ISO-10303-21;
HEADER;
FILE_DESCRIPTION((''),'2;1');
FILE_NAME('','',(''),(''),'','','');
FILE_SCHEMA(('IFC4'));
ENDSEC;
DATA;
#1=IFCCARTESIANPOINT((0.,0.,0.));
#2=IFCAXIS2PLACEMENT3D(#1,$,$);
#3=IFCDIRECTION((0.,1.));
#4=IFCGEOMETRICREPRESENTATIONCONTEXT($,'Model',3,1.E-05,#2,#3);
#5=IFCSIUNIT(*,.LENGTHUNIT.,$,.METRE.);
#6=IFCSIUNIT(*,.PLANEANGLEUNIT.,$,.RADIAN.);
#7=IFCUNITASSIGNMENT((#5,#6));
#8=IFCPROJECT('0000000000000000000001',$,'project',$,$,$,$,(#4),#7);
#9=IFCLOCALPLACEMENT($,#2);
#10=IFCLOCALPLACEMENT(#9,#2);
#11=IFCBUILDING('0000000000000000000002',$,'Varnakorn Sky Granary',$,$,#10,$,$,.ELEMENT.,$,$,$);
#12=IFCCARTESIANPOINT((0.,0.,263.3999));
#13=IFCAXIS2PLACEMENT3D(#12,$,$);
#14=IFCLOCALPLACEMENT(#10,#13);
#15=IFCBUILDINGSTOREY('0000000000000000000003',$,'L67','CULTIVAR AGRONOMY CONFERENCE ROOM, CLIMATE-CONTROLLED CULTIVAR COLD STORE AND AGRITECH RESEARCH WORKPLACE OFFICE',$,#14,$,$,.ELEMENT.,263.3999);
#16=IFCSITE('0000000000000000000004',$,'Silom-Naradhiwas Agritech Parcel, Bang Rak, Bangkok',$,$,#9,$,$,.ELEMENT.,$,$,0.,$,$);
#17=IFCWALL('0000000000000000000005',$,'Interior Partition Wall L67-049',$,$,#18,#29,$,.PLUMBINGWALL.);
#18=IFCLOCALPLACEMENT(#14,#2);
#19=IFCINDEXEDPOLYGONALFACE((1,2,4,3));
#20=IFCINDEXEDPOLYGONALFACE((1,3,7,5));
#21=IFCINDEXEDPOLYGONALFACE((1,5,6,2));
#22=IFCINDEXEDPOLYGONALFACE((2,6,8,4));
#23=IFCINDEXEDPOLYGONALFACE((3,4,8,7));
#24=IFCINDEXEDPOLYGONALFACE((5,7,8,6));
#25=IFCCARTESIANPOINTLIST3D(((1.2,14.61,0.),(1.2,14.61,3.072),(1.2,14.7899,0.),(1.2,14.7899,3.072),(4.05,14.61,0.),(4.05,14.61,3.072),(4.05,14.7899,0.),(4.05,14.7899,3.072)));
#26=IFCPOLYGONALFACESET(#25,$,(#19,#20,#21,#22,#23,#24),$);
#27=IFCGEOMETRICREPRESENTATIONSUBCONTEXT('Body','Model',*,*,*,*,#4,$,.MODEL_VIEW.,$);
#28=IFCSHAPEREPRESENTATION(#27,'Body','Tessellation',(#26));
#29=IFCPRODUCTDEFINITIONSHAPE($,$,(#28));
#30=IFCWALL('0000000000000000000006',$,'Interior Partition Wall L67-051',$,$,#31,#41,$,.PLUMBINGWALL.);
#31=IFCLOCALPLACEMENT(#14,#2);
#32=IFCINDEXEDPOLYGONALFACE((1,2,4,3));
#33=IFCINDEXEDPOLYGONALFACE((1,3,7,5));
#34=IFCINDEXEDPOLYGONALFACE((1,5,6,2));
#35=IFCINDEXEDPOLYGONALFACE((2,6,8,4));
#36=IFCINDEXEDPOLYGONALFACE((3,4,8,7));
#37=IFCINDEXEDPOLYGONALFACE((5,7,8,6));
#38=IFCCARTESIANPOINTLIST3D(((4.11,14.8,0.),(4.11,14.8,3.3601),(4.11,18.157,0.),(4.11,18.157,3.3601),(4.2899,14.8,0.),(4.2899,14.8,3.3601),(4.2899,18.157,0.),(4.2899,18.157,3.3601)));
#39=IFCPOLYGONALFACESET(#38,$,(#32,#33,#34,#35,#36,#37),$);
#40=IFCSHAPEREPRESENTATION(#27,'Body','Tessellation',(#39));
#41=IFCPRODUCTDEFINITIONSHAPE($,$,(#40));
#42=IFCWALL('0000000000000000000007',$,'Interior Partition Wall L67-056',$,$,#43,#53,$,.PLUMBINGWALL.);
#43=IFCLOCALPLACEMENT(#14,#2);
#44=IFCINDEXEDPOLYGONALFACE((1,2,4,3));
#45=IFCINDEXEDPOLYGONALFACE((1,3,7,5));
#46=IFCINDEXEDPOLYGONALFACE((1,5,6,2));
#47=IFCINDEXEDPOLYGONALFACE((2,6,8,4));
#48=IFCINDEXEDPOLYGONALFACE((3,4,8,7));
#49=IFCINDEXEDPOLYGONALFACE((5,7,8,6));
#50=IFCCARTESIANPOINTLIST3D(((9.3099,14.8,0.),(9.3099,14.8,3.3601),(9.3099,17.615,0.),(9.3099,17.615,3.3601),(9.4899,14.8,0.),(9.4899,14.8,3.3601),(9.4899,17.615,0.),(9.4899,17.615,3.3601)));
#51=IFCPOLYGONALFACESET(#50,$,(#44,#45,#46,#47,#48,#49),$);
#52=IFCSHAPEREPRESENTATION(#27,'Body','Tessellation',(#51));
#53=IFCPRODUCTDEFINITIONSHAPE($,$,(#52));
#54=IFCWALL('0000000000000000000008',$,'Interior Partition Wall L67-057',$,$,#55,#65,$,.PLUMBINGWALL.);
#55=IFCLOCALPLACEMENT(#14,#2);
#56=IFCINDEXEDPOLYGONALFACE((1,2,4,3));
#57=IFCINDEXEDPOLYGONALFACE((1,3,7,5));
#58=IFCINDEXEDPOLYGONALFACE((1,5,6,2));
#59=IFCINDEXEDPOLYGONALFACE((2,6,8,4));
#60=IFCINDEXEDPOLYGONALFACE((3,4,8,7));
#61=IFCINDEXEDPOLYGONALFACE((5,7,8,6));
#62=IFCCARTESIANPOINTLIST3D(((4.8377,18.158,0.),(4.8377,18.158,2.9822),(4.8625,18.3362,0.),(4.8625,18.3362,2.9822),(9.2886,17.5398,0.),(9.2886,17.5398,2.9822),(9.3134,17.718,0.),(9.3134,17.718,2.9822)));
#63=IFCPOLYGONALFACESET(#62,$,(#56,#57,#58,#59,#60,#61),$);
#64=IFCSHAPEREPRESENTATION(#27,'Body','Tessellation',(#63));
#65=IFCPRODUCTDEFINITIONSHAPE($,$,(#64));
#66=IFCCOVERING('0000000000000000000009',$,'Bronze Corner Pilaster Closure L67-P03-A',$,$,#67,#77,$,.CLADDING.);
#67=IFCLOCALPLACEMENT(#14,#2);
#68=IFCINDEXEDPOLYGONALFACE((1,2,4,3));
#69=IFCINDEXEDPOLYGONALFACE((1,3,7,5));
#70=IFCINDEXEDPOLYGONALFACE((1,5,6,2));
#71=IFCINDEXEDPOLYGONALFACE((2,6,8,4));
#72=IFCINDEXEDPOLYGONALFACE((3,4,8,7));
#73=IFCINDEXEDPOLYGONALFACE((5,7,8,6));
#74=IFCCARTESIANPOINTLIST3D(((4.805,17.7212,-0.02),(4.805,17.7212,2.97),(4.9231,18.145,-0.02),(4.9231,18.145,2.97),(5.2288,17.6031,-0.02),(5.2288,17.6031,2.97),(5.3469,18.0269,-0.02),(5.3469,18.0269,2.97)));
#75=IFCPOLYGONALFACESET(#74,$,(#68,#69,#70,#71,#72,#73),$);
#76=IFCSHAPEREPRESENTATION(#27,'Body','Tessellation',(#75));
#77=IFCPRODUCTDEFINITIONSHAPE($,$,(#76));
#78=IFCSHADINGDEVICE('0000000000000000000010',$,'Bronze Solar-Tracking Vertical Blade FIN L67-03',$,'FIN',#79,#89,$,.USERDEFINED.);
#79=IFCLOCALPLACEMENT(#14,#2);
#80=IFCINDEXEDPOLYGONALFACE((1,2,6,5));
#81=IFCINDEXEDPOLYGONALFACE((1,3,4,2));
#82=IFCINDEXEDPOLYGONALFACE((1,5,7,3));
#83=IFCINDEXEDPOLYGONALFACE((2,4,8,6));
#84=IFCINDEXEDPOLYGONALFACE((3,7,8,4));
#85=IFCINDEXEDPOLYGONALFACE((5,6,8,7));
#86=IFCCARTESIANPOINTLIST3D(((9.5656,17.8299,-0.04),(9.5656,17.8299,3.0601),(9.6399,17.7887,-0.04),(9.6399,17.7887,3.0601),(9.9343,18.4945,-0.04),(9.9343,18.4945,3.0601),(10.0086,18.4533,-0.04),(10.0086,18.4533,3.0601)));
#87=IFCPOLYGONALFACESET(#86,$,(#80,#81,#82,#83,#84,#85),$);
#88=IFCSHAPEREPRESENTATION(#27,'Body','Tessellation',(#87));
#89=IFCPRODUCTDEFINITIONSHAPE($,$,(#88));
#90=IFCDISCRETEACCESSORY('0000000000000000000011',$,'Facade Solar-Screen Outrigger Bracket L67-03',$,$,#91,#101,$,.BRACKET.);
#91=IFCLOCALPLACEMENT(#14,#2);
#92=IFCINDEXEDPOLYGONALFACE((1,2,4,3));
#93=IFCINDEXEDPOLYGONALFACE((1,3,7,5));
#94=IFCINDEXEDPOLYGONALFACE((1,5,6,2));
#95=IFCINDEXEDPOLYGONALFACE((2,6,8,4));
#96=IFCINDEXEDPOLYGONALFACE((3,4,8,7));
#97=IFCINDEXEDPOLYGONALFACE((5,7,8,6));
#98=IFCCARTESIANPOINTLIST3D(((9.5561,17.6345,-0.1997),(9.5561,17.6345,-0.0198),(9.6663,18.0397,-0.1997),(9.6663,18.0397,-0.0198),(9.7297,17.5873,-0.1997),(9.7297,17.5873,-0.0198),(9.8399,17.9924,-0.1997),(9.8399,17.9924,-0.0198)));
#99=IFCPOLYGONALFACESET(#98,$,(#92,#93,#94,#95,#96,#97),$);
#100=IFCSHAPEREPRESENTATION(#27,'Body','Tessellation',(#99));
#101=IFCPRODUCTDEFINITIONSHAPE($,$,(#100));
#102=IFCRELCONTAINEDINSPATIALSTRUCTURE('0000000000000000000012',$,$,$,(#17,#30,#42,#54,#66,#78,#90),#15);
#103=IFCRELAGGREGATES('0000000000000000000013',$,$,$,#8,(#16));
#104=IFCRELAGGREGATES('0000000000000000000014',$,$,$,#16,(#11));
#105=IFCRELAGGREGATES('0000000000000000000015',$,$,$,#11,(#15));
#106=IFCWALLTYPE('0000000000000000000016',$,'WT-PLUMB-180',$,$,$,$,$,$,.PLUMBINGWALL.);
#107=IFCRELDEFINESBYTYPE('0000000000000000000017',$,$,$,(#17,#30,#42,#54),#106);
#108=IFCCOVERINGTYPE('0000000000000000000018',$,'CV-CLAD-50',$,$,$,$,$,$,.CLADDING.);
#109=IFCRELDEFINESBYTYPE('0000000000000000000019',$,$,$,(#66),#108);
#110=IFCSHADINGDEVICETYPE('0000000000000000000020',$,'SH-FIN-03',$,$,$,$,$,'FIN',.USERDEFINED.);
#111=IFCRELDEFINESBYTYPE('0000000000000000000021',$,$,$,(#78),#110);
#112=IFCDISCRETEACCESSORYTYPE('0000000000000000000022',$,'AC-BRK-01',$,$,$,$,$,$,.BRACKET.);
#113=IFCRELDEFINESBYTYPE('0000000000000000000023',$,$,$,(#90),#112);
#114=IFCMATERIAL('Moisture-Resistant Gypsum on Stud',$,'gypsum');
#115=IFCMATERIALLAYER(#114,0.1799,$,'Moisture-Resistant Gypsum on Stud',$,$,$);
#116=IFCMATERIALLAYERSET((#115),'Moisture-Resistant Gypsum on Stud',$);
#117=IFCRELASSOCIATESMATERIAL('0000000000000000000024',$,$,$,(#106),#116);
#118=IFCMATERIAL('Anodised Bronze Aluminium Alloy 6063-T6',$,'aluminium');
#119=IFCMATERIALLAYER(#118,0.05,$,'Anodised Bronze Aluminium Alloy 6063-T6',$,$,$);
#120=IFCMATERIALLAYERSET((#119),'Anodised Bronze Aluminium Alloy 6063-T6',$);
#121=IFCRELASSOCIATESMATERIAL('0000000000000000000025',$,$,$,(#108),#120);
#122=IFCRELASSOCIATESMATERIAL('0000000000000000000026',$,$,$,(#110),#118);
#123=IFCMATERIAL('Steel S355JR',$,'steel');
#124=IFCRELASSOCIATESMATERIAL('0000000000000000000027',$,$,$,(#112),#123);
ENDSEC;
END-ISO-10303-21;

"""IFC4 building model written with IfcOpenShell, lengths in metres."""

from ifc_helpers import new_model, si_unit, direction, frame, frame_2d, origin, origin_2d, place, context, subcontext, project, spatial, rectangle, extrude, source, transform, mapped, material, layer, layer_set, type_object, type_shapes, element, save


model = new_model("IFC4")

# Units and contexts
model_context = context("Model", 3, precision=1e-05, world=origin(), true_north=direction((0.0, 1.0)))
body_context = subcontext(model_context, "Body", "Model", "MODEL_VIEW")
ifc_project = project(units=[si_unit("LENGTHUNIT", "METRE"), si_unit("PLANEANGLEUNIT", "RADIAN")], contexts=[model_context])

# Site, building, storey
site_placement = place(None, origin())
site = spatial("IfcSite", under=ifc_project, at=site_placement, Name="Silom-Naradhiwas Agritech Parcel, Bang Rak, Bangkok", CompositionType="ELEMENT", RefElevation=0.0)
building_placement = place(site_placement, origin())
building = spatial("IfcBuilding", under=site, at=building_placement, Name="Varnakorn Sky Granary", CompositionType="ELEMENT")
storey_placement = place(building_placement, frame((0.0, 0.0, 263.3999)))
storey = spatial("IfcBuildingStorey", under=building, at=storey_placement, Name="L67", Description="CULTIVAR AGRONOMY CONFERENCE ROOM, CLIMATE-CONTROLLED CULTIVAR COLD STORE AND AGRITECH RESEARCH WORKPLACE OFFICE", CompositionType="ELEMENT", Elevation=263.3999)

# Shared definitions
ifc_material_1 = material(Name="Steel S355JR", Category="steel")

# Shared definitions
ifc_material_2 = material(Name="Anodised Bronze Aluminium Alloy 6063-T6", Category="aluminium")

# Shared definitions
ifc_material_3 = material(Name="Moisture-Resistant Gypsum on Stud", Category="gypsum")
ifc_layer_1 = layer(ifc_material_3, 0.1799, Name="Moisture-Resistant Gypsum on Stud")
ifc_layer_set_1 = layer_set([ifc_layer_1], Name="Moisture-Resistant Gypsum on Stud")
wall_type_1 = type_object("IfcWallType", Name="WT-PLUMB-180", PredefinedType="PLUMBINGWALL", material=ifc_layer_set_1)

# Walls
wall_1_placement = place(storey_placement, frame((4.05, 14.7, 0.0), z_axis=(0.0, 0.0, 1.0), x_axis=(-1.0, 0.0, 0.0)))
element("IfcWall", 1, at=wall_1_placement, inside=storey, type_object=wall_type_1, Name="Interior Partition Wall L67-049", PredefinedType="PLUMBINGWALL", context=body_context, shape_type="SweptSolid", body=[
    extrude(rectangle(XDim=2.8501, YDim=0.1799, at=frame_2d((1.425, 0.0))), origin(), (0.0, 0.0, 1.0), 3.072),
])
wall_2_placement = place(storey_placement, frame((4.2, 18.157, 0.0), z_axis=(0.0, 0.0, 1.0), x_axis=(0.0, -1.0, 0.0)))
element("IfcWall", 2, at=wall_2_placement, inside=storey, type_object=wall_type_1, Name="Interior Partition Wall L67-051", PredefinedType="PLUMBINGWALL", context=body_context, shape_type="SweptSolid", body=[
    extrude(rectangle(XDim=3.3569, YDim=0.1799, at=frame_2d((1.6785, 0.0))), origin(), (0.0, 0.0, 1.0), 3.3601),
])
wall_3_placement = place(storey_placement, frame((9.3999, 14.8, 0.0), z_axis=(0.0, 0.0, 1.0), x_axis=(0.0, 1.0, 0.0)))
element("IfcWall", 3, at=wall_3_placement, inside=storey, type_object=wall_type_1, Name="Interior Partition Wall L67-056", PredefinedType="PLUMBINGWALL", context=body_context, shape_type="SweptSolid", body=[
    extrude(rectangle(XDim=2.8149, YDim=0.1799, at=frame_2d((1.4075, 0.0))), origin(), (0.0, 0.0, 1.0), 3.3601),
])
wall_4_placement = place(storey_placement, frame((9.301, 17.6289, 0.0), z_axis=(0.0, 0.0, 1.0), x_axis=(-0.990493, 0.137564, 0.0)))
element("IfcWall", 4, at=wall_4_placement, inside=storey, type_object=wall_type_1, Name="Interior Partition Wall L67-057", PredefinedType="PLUMBINGWALL", context=body_context, shape_type="SweptSolid", body=[
    extrude(rectangle(XDim=4.4937, YDim=0.1799, at=frame_2d((2.2468, 0.0))), origin(), (0.0, 0.0, 1.0), 2.9822),
])

# Covering
ifc_layer_2 = layer(ifc_material_2, 0.05, Name="Anodised Bronze Aluminium Alloy 6063-T6")
ifc_layer_set_2 = layer_set([ifc_layer_2], Name="Anodised Bronze Aluminium Alloy 6063-T6")
covering_type = type_object("IfcCoveringType", Name="CV-CLAD-50", PredefinedType="CLADDING", material=ifc_layer_set_2)
shared_shape_1 = source(origin(), body_context, "Body", "SweptSolid", [
    extrude(rectangle(XDim=0.4399, YDim=0.4399, at=origin_2d()), origin(), (0.0, 0.0, 1.0), 2.99),
])
type_shapes(covering_type, [shared_shape_1])
covering_placement = place(storey_placement, frame((5.0759, 17.874, -0.02), z_axis=(0.0, 0.0, 1.0), x_axis=(0.963303, -0.268415, 0.0)))
element("IfcCovering", 5, at=covering_placement, inside=storey, type_object=covering_type, Name="Bronze Corner Pilaster Closure L67-P03-A", PredefinedType="CLADDING", context=body_context, shape_type="MappedRepresentation", body=[
    mapped(shared_shape_1, transform((0.0, 0.0, 0.0), x_axis=(1.0, 0.0, 0.0), y_axis=(0.0, 1.0, 0.0), z_axis=(0.0, 0.0, 1.0), scale=1.0)),
])

# Shading device
shading_device_type = type_object("IfcShadingDeviceType", Name="SH-FIN-03", ElementType="FIN", PredefinedType="USERDEFINED", material=ifc_material_2)
shared_shape_2 = source(origin(), body_context, "Body", "SweptSolid", [
    extrude(rectangle(XDim=0.085, YDim=0.76, at=origin_2d()), origin(), (0.0, 0.0, 1.0), 3.1001),
])
type_shapes(shading_device_type, [shared_shape_2])
shading_device_placement = place(storey_placement, frame((9.7871, 18.1416, -0.04), z_axis=(0.0, 0.0, 1.0), x_axis=(-0.874471, 0.485078, 0.0)))
element("IfcShadingDevice", 6, at=shading_device_placement, inside=storey, type_object=shading_device_type, Name="Bronze Solar-Tracking Vertical Blade FIN L67-03", ObjectType="FIN", PredefinedType="USERDEFINED", context=body_context, shape_type="MappedRepresentation", body=[
    mapped(shared_shape_2, transform((0.0, 0.0, 0.0), x_axis=(1.0, 0.0, 0.0), y_axis=(0.0, 1.0, 0.0), z_axis=(0.0, 0.0, 1.0), scale=1.0)),
])

# Discrete accessory
discrete_accessory_type = type_object("IfcDiscreteAccessoryType", Name="AC-BRK-01", PredefinedType="BRACKET", material=ifc_material_1)
shared_shape_3 = source(origin(), body_context, "Body", "SweptSolid", [
    extrude(rectangle(XDim=0.1799, YDim=0.4199, at=origin_2d()), origin(), (0.0, 0.0, 1.0), 0.1799),
])
type_shapes(discrete_accessory_type, [shared_shape_3])
discrete_accessory_placement = place(storey_placement, frame((9.698, 17.8135, -0.1997), z_axis=(0.0, 0.0, 1.0), x_axis=(-0.964905, 0.262597, 0.0)))
element("IfcDiscreteAccessory", 7, at=discrete_accessory_placement, inside=storey, type_object=discrete_accessory_type, Name="Facade Solar-Screen Outrigger Bracket L67-03", PredefinedType="BRACKET", context=body_context, shape_type="MappedRepresentation", body=[
    mapped(shared_shape_3, transform((0.0, 0.0, 0.0), x_axis=(1.0, 0.0, 0.0), y_axis=(0.0, 1.0, 0.0), z_axis=(0.0, 0.0, 1.0), scale=1.0)),
])

save(model, "model.ifc")
